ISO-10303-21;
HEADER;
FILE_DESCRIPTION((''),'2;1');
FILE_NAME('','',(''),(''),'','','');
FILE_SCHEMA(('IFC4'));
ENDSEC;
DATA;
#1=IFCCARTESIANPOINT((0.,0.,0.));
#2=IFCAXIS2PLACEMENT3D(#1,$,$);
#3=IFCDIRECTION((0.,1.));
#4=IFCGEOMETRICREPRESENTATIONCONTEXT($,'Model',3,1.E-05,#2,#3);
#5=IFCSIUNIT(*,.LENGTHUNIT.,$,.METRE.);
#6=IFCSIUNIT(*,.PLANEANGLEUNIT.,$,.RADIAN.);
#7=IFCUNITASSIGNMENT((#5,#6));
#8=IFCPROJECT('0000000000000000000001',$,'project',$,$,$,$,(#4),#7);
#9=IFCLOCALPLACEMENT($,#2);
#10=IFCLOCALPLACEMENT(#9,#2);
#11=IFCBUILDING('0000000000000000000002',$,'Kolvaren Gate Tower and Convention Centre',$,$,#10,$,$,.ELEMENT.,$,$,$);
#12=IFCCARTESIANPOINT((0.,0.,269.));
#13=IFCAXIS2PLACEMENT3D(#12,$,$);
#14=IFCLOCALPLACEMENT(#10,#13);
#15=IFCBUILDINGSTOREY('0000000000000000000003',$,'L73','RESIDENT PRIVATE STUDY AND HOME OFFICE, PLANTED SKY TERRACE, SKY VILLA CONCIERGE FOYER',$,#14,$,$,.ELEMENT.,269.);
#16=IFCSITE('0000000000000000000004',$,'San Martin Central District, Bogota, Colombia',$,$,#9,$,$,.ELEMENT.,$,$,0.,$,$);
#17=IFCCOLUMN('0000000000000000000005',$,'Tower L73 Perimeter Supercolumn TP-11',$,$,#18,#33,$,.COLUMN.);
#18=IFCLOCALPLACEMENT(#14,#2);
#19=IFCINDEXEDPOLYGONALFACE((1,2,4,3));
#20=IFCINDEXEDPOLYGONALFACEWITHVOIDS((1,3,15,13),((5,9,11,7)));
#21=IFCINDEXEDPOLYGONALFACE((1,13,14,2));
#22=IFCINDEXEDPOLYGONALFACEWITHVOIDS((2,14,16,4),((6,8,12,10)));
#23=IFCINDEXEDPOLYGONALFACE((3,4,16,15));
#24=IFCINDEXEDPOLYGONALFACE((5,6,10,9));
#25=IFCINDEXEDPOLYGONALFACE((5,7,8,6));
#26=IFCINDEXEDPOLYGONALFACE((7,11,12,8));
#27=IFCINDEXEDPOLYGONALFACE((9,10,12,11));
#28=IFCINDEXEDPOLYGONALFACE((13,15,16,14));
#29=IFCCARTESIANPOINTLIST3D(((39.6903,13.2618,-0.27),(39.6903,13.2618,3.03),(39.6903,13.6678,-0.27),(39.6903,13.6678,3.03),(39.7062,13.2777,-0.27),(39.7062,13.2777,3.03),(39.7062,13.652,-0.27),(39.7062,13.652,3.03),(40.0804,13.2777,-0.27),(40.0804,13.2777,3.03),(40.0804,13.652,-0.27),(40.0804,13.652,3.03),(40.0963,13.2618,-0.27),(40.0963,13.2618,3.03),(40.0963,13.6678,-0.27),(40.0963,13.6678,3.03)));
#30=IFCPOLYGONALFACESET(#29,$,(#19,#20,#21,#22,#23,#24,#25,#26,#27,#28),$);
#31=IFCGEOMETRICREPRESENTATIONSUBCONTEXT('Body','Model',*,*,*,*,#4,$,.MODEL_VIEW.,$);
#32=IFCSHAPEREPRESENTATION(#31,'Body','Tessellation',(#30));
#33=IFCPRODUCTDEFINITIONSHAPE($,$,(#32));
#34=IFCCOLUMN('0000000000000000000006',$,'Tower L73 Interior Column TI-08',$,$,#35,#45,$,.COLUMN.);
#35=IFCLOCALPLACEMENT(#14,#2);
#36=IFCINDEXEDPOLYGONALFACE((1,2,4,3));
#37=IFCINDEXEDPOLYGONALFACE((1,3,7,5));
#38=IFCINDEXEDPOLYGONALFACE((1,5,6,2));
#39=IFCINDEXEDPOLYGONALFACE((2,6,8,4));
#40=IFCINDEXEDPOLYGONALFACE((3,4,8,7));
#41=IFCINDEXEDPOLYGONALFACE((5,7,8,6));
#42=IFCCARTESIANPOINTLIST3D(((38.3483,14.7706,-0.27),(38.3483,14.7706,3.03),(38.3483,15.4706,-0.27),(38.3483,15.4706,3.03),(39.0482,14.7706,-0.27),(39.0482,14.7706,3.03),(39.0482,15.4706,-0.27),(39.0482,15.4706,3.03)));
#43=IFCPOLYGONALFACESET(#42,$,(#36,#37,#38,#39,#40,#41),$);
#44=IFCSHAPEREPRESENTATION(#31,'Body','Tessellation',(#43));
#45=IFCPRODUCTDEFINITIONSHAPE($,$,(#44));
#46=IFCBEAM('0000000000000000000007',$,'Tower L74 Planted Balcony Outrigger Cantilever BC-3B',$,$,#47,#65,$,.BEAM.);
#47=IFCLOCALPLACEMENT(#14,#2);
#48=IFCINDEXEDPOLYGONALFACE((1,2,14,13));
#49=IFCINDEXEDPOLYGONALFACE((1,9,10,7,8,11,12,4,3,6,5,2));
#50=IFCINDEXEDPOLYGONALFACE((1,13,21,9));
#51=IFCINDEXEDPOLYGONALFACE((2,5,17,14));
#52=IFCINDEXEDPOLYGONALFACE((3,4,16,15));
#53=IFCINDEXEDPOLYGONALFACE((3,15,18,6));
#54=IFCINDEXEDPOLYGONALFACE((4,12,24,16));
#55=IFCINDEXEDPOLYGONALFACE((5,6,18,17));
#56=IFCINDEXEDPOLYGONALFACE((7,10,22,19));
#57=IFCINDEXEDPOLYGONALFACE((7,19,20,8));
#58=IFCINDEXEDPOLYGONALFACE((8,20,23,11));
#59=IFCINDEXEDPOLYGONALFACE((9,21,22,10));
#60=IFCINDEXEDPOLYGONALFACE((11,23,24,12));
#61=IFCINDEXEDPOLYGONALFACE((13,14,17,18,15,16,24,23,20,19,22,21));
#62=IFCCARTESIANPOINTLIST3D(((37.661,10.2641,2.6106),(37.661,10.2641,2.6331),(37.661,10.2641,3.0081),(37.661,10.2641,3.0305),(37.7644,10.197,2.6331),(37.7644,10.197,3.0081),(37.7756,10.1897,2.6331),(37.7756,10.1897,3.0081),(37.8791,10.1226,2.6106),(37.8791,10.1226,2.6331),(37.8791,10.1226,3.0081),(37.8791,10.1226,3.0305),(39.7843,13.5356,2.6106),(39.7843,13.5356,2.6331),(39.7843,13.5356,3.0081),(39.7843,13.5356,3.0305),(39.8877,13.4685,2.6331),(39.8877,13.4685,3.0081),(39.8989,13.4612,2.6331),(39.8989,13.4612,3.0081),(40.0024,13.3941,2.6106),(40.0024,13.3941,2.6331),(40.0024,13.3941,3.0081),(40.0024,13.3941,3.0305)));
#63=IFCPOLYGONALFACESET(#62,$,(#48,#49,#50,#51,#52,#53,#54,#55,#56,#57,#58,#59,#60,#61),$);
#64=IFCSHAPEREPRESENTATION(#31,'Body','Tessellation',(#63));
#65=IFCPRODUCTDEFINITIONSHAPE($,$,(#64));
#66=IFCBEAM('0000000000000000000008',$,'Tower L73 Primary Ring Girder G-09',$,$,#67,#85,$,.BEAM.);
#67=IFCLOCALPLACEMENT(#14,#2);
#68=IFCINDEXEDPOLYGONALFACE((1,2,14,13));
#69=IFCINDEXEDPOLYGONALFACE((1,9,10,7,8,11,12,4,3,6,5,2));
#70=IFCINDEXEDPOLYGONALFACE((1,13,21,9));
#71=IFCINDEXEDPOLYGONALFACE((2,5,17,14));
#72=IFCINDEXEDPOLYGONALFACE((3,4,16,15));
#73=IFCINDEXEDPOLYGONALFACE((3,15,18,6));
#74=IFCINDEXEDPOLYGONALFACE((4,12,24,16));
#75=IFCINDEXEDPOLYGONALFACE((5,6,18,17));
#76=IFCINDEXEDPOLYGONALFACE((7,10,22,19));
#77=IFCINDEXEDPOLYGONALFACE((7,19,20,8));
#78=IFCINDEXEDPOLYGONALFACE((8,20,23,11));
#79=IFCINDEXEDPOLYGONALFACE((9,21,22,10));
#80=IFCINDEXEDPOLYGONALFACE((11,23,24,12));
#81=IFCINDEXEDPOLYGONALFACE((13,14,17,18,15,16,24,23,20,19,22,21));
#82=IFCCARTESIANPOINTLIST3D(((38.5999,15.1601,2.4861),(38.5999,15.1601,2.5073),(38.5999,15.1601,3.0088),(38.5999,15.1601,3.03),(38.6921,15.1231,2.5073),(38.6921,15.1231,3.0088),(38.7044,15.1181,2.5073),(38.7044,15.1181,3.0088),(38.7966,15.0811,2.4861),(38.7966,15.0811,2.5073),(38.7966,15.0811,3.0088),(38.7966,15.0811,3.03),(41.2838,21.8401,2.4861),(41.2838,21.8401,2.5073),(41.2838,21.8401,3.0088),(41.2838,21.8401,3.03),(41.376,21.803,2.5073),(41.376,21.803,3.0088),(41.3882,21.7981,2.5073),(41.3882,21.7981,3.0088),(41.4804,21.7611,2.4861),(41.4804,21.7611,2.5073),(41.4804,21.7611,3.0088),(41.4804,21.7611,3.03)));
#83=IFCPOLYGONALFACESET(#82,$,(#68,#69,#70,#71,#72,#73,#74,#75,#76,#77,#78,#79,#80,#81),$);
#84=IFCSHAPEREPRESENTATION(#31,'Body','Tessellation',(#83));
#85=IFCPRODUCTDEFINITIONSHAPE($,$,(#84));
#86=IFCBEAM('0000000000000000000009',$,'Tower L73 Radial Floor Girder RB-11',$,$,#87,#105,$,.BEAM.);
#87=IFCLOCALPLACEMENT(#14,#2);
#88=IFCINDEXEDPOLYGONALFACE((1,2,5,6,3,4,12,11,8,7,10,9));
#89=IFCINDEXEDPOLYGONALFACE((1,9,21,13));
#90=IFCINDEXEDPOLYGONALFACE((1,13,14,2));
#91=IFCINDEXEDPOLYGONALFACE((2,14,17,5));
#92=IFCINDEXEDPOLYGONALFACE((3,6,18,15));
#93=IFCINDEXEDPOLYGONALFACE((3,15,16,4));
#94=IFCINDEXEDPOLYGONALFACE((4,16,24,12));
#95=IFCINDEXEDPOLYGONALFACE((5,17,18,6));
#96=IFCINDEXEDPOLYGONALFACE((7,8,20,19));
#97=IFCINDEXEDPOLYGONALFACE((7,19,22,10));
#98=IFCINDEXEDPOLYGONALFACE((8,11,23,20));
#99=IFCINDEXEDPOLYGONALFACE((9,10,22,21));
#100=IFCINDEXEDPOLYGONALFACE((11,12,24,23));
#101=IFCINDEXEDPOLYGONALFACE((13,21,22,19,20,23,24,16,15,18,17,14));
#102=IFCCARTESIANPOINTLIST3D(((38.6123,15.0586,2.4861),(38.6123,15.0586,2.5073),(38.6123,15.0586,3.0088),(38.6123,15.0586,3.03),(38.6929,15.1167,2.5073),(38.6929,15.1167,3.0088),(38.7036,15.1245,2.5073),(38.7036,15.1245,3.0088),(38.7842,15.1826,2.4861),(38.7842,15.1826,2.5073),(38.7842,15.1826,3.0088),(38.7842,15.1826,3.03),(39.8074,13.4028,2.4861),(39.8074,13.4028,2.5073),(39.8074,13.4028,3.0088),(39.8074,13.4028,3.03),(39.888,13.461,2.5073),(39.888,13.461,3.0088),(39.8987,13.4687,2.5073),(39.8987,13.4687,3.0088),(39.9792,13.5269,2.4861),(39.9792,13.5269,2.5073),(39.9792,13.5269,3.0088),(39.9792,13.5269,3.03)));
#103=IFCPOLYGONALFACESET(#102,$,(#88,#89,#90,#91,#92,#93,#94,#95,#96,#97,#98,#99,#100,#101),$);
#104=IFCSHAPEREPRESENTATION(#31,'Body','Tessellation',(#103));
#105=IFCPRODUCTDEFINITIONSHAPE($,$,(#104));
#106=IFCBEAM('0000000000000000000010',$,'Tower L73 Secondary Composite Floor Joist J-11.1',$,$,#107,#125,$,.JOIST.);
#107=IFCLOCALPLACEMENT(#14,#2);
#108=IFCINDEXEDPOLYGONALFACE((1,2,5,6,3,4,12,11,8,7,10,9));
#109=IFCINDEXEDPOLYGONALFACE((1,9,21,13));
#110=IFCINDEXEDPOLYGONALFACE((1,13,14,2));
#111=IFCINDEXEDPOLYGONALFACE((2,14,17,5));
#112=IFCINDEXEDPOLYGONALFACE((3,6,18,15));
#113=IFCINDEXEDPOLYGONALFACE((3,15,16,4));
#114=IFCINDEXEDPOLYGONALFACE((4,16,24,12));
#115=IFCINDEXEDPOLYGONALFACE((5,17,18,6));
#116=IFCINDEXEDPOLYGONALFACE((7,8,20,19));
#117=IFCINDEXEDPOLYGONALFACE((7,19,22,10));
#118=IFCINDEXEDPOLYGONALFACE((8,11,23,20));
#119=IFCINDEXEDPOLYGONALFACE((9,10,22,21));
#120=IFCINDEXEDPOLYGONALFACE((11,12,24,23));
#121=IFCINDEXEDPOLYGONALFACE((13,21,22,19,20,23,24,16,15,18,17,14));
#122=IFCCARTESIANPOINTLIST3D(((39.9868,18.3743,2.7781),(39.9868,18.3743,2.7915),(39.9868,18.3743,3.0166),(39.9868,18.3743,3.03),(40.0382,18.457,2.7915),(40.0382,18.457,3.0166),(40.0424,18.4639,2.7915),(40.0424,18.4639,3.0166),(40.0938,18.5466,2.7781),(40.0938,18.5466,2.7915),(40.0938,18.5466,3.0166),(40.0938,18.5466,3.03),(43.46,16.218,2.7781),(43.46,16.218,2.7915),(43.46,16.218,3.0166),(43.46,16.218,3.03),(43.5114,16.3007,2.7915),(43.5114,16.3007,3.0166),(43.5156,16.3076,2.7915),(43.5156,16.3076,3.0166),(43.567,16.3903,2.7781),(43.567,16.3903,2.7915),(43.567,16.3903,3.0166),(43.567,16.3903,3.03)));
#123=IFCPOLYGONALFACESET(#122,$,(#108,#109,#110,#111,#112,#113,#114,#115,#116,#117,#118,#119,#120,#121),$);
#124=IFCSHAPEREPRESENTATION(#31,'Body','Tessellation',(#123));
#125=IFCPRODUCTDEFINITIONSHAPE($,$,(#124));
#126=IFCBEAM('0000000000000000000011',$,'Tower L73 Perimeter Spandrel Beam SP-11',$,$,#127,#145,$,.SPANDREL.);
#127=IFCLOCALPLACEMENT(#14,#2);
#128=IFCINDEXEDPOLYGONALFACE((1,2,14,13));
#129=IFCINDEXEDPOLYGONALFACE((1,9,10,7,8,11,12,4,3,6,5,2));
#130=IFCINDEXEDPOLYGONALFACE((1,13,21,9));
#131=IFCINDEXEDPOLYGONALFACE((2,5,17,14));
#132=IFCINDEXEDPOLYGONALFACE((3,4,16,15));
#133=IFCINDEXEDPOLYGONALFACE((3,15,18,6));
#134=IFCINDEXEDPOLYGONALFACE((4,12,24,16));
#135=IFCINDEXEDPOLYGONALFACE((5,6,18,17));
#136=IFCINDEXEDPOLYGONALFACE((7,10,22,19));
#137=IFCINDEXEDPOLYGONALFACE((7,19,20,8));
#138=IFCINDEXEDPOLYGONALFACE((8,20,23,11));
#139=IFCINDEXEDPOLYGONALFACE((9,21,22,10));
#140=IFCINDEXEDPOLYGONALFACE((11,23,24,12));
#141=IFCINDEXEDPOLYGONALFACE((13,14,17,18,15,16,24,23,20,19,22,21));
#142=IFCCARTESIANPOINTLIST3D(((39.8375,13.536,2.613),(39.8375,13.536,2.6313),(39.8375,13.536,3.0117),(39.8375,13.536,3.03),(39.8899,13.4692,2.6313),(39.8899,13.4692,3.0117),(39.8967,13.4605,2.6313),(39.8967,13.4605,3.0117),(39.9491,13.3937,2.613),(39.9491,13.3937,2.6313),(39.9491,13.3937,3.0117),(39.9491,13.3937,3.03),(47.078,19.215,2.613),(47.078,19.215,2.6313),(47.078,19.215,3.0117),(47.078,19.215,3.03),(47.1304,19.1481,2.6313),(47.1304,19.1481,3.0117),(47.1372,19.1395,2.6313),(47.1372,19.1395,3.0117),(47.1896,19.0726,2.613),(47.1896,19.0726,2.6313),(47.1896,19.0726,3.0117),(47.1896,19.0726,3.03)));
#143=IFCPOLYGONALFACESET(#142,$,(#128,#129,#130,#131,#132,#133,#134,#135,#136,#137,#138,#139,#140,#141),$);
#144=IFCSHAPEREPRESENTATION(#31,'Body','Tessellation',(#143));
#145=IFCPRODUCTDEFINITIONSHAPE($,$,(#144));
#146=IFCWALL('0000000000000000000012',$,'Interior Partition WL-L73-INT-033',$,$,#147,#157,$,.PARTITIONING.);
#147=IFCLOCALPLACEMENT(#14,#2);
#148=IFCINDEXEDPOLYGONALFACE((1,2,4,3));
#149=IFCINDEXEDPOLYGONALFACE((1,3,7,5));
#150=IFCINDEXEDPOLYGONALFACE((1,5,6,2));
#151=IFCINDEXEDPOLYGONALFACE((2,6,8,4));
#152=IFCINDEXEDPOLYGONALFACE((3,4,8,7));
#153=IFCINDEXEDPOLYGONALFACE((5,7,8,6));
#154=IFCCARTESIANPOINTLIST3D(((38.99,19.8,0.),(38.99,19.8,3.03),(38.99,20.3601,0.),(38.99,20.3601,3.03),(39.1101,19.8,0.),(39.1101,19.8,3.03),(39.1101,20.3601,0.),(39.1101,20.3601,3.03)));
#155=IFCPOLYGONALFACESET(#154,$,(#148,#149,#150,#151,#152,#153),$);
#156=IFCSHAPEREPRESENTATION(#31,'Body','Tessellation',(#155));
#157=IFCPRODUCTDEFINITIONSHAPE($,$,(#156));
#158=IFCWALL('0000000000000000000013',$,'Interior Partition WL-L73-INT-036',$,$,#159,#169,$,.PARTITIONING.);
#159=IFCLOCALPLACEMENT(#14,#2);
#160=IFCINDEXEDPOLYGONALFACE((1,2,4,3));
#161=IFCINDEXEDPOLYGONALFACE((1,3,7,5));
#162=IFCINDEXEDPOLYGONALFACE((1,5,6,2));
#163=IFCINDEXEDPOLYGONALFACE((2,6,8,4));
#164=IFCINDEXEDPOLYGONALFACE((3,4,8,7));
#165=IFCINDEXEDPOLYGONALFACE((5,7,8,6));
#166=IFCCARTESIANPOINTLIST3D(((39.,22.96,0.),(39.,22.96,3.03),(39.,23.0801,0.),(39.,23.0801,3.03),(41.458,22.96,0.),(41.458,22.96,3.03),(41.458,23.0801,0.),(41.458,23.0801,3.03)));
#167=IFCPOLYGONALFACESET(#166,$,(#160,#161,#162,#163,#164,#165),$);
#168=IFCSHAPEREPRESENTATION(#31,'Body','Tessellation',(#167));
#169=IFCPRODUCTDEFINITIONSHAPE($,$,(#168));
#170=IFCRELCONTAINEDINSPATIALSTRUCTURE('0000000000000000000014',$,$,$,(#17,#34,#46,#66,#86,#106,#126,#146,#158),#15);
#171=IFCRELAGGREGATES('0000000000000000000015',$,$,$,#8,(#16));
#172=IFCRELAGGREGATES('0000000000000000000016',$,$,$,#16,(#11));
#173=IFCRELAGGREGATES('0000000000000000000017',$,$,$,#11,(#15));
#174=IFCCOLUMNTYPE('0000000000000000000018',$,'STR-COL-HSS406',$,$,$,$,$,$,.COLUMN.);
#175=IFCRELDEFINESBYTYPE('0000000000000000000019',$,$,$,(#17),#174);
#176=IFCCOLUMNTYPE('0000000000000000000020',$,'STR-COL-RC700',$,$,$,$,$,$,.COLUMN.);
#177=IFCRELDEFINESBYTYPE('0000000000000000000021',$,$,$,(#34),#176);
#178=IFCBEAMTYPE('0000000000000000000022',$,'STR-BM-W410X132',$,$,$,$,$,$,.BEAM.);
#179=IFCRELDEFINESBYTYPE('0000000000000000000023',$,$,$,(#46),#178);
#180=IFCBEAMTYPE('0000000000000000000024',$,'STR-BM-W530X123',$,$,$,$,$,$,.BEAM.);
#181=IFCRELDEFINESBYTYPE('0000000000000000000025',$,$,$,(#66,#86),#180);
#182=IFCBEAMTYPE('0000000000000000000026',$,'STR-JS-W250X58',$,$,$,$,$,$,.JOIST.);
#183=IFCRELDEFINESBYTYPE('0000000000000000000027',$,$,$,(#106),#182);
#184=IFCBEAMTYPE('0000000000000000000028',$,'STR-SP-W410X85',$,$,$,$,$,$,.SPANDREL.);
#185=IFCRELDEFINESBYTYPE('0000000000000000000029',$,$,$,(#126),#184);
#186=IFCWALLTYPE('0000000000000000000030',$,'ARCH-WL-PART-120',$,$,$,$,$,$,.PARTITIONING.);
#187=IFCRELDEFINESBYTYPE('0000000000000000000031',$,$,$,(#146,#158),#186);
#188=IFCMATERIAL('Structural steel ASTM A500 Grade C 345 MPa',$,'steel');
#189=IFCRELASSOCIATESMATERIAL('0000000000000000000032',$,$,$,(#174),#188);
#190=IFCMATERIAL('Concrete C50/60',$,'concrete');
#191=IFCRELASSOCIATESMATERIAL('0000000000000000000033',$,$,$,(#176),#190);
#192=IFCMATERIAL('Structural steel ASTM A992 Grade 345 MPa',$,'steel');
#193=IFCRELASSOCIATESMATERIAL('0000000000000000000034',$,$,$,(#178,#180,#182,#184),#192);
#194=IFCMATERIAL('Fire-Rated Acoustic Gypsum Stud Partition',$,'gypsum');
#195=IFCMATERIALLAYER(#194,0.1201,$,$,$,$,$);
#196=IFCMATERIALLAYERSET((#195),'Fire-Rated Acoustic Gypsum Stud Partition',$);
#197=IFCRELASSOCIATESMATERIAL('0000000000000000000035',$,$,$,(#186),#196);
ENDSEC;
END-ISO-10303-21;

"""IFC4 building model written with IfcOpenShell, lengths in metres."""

from ifc_helpers import new_model, si_unit, direction, frame, frame_2d, origin, origin_2d, place, context, subcontext, project, spatial, rectangle, hollow_rectangle, i_section, extrude, material, layer, layer_set, material_profile, profile_set, type_object, element, save


model = new_model("IFC4")

# Units and contexts
model_context = context("Model", 3, precision=1e-05, world=origin(), true_north=direction((0.0, 1.0)))
body_context = subcontext(model_context, "Body", "Model", "MODEL_VIEW")
ifc_project = project(units=[si_unit("LENGTHUNIT", "METRE"), si_unit("PLANEANGLEUNIT", "RADIAN")], contexts=[model_context])

# Site, building, storey
site_placement = place(None, origin())
site = spatial("IfcSite", under=ifc_project, at=site_placement, Name="San Martin Central District, Bogota, Colombia", CompositionType="ELEMENT", RefElevation=0.0)
building_placement = place(site_placement, origin())
building = spatial("IfcBuilding", under=site, at=building_placement, Name="Kolvaren Gate Tower and Convention Centre", CompositionType="ELEMENT")
storey_placement = place(building_placement, frame((0.0, 0.0, 269.0)))
storey = spatial("IfcBuildingStorey", under=building, at=storey_placement, Name="L73", Description="RESIDENT PRIVATE STUDY AND HOME OFFICE, PLANTED SKY TERRACE, SKY VILLA CONCIERGE FOYER", CompositionType="ELEMENT", Elevation=269.0)

# Columns
ifc_material_1 = material(Name="Structural steel ASTM A500 Grade C 345 MPa", Category="steel")
ifc_material_profile_1 = material_profile(ifc_material_1, hollow_rectangle(XDim=0.406, YDim=0.406, WallThickness=0.0159, at=origin_2d()), Name="HSS406X406X15.9")
ifc_profile_set_1 = profile_set([ifc_material_profile_1], Name="Structural steel ASTM A500 Grade C 345 MPa")
column_type_1 = type_object("IfcColumnType", Name="STR-COL-HSS406", PredefinedType="COLUMN", material=ifc_profile_set_1)
column_1_placement = place(storey_placement, frame((39.8933, 13.4648, -0.27), z_axis=(0.0, 0.0, 1.0), x_axis=(1.0, 0.0, 0.0)))
element("IfcColumn", 1, at=column_1_placement, inside=storey, type_object=column_type_1, Name="Tower L73 Perimeter Supercolumn TP-11", PredefinedType="COLUMN", context=body_context, shape_type="SweptSolid", body=[
    extrude(hollow_rectangle(XDim=0.406, YDim=0.406, WallThickness=0.0159, at=origin_2d()), origin(), (0.0, 0.0, 1.0), 3.3),
])
ifc_material_2 = material(Name="Concrete C50/60", Category="concrete")
ifc_material_profile_2 = material_profile(ifc_material_2, rectangle(XDim=0.7, YDim=0.7, at=origin_2d()), Name="RC-COL-700X700")
ifc_profile_set_2 = profile_set([ifc_material_profile_2], Name="Concrete C50/60")
column_type_2 = type_object("IfcColumnType", Name="STR-COL-RC700", PredefinedType="COLUMN", material=ifc_profile_set_2)
column_2_placement = place(storey_placement, frame((38.6982, 15.1206, -0.27), z_axis=(0.0, 0.0, 1.0), x_axis=(1.0, 0.0, 0.0)))
element("IfcColumn", 2, at=column_2_placement, inside=storey, type_object=column_type_2, Name="Tower L73 Interior Column TI-08", PredefinedType="COLUMN", context=body_context, shape_type="SweptSolid", body=[
    extrude(rectangle(XDim=0.7, YDim=0.7, at=origin_2d()), origin(), (0.0, 0.0, 1.0), 3.3),
])

# Beams
ifc_material_3 = material(Name="Structural steel ASTM A992 Grade 345 MPa", Category="steel")
ifc_material_profile_3 = material_profile(ifc_material_3, i_section(OverallWidth=0.26, OverallDepth=0.4199, WebThickness=0.0134, FlangeThickness=0.0225, at=origin_2d()), Name="W410X132")
ifc_profile_set_3 = profile_set([ifc_material_profile_3], Name="Structural steel ASTM A992 Grade 345 MPa")
beam_type_1 = type_object("IfcBeamType", Name="STR-BM-W410X132", PredefinedType="BEAM", material=ifc_profile_set_3)
beam_1_placement = place(storey_placement, frame((39.8933, 13.4648, 2.8206), z_axis=(-0.544416, -0.838815, 0.0), x_axis=(0.838815, -0.544416, 0.0)))
element("IfcBeam", 3, at=beam_1_placement, inside=storey, type_object=beam_type_1, Name="Tower L74 Planted Balcony Outrigger Cantilever BC-3B", PredefinedType="BEAM", context=body_context, shape_type="SweptSolid", body=[
    extrude(i_section(OverallWidth=0.26, OverallDepth=0.4199, WebThickness=0.0134, FlangeThickness=0.0225, at=origin_2d()), origin(), (0.0, 0.0, 1.0), 3.9001),
])
ifc_material_profile_4 = material_profile(ifc_material_3, i_section(OverallWidth=0.2119, OverallDepth=0.5439, WebThickness=0.0132, FlangeThickness=0.0212, at=origin_2d()), Name="W530X123")
ifc_profile_set_4 = profile_set([ifc_material_profile_4], Name="Structural steel ASTM A992 Grade 345 MPa")
beam_type_2 = type_object("IfcBeamType", Name="STR-BM-W530X123", PredefinedType="BEAM", material=ifc_profile_set_4)
beam_2_placement = place(storey_placement, frame((38.6982, 15.1206, 2.7581), z_axis=(0.372811, 0.927907, 0.0), x_axis=(-0.927907, 0.372811, 0.0)))
element("IfcBeam", 4, at=beam_2_placement, inside=storey, type_object=beam_type_2, Name="Tower L73 Primary Ring Girder G-09", PredefinedType="BEAM", context=body_context, shape_type="SweptSolid", body=[
    extrude(i_section(OverallWidth=0.2119, OverallDepth=0.5439, WebThickness=0.0132, FlangeThickness=0.0212, at=origin_2d()), origin(), (0.0, 0.0, 1.0), 7.199),
])
beam_3_placement = place(storey_placement, frame((38.6982, 15.1206, 2.7581), z_axis=(0.585246, -0.810856, 0.0), x_axis=(0.810856, 0.585246, 0.0)))
element("IfcBeam", 5, at=beam_3_placement, inside=storey, type_object=beam_type_2, Name="Tower L73 Radial Floor Girder RB-11", PredefinedType="BEAM", context=body_context, shape_type="SweptSolid", body=[
    extrude(i_section(OverallWidth=0.2119, OverallDepth=0.5439, WebThickness=0.0132, FlangeThickness=0.0212, at=origin_2d()), origin(), (0.0, 0.0, 1.0), 2.042),
])
ifc_material_profile_5 = material_profile(ifc_material_3, i_section(OverallWidth=0.2029, OverallDepth=0.252, WebThickness=0.0081, FlangeThickness=0.0134, at=origin_2d()), Name="W250X58")
ifc_profile_set_5 = profile_set([ifc_material_profile_5], Name="Structural steel ASTM A992 Grade 345 MPa")
beam_type_3 = type_object("IfcBeamType", Name="STR-JS-W250X58", PredefinedType="JOIST", material=ifc_profile_set_5)
beam_4_placement = place(storey_placement, frame((40.0403, 18.4604, 2.9041), z_axis=(0.849585, -0.527452, 0.0), x_axis=(0.527452, 0.849585, 0.0)))
element("IfcBeam", 6, at=beam_4_placement, inside=storey, type_object=beam_type_3, Name="Tower L73 Secondary Composite Floor Joist J-11.1", PredefinedType="JOIST", context=body_context, shape_type="SweptSolid", body=[
    extrude(i_section(OverallWidth=0.2029, OverallDepth=0.252, WebThickness=0.0081, FlangeThickness=0.0134, at=origin_2d()), origin(), (0.0, 0.0, 1.0), 4.0881),
])
ifc_material_profile_6 = material_profile(ifc_material_3, i_section(OverallWidth=0.1809, OverallDepth=0.417, WebThickness=0.011, FlangeThickness=0.0183, at=origin_2d()), Name="W410X85")
ifc_profile_set_6 = profile_set([ifc_material_profile_6], Name="Structural steel ASTM A992 Grade 345 MPa")
beam_type_4 = type_object("IfcBeamType", Name="STR-SP-W410X85", PredefinedType="SPANDREL", material=ifc_profile_set_6)
beam_5_placement = place(storey_placement, frame((39.8933, 13.4648, 2.8215), z_axis=(0.786846, 0.61715, 0.0), x_axis=(-0.61715, 0.786846, 0.0)))
element("IfcBeam", 7, at=beam_5_placement, inside=storey, type_object=beam_type_4, Name="Tower L73 Perimeter Spandrel Beam SP-11", PredefinedType="SPANDREL", context=body_context, shape_type="SweptSolid", body=[
    extrude(i_section(OverallWidth=0.1809, OverallDepth=0.417, WebThickness=0.011, FlangeThickness=0.0183, at=origin_2d()), origin(), (0.0, 0.0, 1.0), 9.2019),
])

# Walls
ifc_material_4 = material(Name="Fire-Rated Acoustic Gypsum Stud Partition", Category="gypsum")
ifc_layer_1 = layer(ifc_material_4, 0.1201)
ifc_layer_set_1 = layer_set([ifc_layer_1], Name="Fire-Rated Acoustic Gypsum Stud Partition")
wall_type_1 = type_object("IfcWallType", Name="ARCH-WL-PART-120", PredefinedType="PARTITIONING", material=ifc_layer_set_1)
wall_1_placement = place(storey_placement, frame((39.05, 19.8, 0.0), z_axis=(0.0, 0.0, 1.0), x_axis=(0.0, 1.0, 0.0)))
element("IfcWall", 8, at=wall_1_placement, inside=storey, type_object=wall_type_1, Name="Interior Partition WL-L73-INT-033", PredefinedType="PARTITIONING", context=body_context, shape_type="SweptSolid", body=[
    extrude(rectangle(XDim=0.5601, YDim=0.1201, at=frame_2d((0.28, 0.0))), origin(), (0.0, 0.0, 1.0), 3.03),
])
wall_2_placement = place(storey_placement, frame((39.0, 23.02, 0.0), z_axis=(0.0, 0.0, 1.0), x_axis=(1.0, 0.0, 0.0)))
element("IfcWall", 9, at=wall_2_placement, inside=storey, type_object=wall_type_1, Name="Interior Partition WL-L73-INT-036", PredefinedType="PARTITIONING", context=body_context, shape_type="SweptSolid", body=[
    extrude(rectangle(XDim=2.458, YDim=0.1201, at=frame_2d((1.229, 0.0))), origin(), (0.0, 0.0, 1.0), 3.03),
])

save(model, "model.ifc")
